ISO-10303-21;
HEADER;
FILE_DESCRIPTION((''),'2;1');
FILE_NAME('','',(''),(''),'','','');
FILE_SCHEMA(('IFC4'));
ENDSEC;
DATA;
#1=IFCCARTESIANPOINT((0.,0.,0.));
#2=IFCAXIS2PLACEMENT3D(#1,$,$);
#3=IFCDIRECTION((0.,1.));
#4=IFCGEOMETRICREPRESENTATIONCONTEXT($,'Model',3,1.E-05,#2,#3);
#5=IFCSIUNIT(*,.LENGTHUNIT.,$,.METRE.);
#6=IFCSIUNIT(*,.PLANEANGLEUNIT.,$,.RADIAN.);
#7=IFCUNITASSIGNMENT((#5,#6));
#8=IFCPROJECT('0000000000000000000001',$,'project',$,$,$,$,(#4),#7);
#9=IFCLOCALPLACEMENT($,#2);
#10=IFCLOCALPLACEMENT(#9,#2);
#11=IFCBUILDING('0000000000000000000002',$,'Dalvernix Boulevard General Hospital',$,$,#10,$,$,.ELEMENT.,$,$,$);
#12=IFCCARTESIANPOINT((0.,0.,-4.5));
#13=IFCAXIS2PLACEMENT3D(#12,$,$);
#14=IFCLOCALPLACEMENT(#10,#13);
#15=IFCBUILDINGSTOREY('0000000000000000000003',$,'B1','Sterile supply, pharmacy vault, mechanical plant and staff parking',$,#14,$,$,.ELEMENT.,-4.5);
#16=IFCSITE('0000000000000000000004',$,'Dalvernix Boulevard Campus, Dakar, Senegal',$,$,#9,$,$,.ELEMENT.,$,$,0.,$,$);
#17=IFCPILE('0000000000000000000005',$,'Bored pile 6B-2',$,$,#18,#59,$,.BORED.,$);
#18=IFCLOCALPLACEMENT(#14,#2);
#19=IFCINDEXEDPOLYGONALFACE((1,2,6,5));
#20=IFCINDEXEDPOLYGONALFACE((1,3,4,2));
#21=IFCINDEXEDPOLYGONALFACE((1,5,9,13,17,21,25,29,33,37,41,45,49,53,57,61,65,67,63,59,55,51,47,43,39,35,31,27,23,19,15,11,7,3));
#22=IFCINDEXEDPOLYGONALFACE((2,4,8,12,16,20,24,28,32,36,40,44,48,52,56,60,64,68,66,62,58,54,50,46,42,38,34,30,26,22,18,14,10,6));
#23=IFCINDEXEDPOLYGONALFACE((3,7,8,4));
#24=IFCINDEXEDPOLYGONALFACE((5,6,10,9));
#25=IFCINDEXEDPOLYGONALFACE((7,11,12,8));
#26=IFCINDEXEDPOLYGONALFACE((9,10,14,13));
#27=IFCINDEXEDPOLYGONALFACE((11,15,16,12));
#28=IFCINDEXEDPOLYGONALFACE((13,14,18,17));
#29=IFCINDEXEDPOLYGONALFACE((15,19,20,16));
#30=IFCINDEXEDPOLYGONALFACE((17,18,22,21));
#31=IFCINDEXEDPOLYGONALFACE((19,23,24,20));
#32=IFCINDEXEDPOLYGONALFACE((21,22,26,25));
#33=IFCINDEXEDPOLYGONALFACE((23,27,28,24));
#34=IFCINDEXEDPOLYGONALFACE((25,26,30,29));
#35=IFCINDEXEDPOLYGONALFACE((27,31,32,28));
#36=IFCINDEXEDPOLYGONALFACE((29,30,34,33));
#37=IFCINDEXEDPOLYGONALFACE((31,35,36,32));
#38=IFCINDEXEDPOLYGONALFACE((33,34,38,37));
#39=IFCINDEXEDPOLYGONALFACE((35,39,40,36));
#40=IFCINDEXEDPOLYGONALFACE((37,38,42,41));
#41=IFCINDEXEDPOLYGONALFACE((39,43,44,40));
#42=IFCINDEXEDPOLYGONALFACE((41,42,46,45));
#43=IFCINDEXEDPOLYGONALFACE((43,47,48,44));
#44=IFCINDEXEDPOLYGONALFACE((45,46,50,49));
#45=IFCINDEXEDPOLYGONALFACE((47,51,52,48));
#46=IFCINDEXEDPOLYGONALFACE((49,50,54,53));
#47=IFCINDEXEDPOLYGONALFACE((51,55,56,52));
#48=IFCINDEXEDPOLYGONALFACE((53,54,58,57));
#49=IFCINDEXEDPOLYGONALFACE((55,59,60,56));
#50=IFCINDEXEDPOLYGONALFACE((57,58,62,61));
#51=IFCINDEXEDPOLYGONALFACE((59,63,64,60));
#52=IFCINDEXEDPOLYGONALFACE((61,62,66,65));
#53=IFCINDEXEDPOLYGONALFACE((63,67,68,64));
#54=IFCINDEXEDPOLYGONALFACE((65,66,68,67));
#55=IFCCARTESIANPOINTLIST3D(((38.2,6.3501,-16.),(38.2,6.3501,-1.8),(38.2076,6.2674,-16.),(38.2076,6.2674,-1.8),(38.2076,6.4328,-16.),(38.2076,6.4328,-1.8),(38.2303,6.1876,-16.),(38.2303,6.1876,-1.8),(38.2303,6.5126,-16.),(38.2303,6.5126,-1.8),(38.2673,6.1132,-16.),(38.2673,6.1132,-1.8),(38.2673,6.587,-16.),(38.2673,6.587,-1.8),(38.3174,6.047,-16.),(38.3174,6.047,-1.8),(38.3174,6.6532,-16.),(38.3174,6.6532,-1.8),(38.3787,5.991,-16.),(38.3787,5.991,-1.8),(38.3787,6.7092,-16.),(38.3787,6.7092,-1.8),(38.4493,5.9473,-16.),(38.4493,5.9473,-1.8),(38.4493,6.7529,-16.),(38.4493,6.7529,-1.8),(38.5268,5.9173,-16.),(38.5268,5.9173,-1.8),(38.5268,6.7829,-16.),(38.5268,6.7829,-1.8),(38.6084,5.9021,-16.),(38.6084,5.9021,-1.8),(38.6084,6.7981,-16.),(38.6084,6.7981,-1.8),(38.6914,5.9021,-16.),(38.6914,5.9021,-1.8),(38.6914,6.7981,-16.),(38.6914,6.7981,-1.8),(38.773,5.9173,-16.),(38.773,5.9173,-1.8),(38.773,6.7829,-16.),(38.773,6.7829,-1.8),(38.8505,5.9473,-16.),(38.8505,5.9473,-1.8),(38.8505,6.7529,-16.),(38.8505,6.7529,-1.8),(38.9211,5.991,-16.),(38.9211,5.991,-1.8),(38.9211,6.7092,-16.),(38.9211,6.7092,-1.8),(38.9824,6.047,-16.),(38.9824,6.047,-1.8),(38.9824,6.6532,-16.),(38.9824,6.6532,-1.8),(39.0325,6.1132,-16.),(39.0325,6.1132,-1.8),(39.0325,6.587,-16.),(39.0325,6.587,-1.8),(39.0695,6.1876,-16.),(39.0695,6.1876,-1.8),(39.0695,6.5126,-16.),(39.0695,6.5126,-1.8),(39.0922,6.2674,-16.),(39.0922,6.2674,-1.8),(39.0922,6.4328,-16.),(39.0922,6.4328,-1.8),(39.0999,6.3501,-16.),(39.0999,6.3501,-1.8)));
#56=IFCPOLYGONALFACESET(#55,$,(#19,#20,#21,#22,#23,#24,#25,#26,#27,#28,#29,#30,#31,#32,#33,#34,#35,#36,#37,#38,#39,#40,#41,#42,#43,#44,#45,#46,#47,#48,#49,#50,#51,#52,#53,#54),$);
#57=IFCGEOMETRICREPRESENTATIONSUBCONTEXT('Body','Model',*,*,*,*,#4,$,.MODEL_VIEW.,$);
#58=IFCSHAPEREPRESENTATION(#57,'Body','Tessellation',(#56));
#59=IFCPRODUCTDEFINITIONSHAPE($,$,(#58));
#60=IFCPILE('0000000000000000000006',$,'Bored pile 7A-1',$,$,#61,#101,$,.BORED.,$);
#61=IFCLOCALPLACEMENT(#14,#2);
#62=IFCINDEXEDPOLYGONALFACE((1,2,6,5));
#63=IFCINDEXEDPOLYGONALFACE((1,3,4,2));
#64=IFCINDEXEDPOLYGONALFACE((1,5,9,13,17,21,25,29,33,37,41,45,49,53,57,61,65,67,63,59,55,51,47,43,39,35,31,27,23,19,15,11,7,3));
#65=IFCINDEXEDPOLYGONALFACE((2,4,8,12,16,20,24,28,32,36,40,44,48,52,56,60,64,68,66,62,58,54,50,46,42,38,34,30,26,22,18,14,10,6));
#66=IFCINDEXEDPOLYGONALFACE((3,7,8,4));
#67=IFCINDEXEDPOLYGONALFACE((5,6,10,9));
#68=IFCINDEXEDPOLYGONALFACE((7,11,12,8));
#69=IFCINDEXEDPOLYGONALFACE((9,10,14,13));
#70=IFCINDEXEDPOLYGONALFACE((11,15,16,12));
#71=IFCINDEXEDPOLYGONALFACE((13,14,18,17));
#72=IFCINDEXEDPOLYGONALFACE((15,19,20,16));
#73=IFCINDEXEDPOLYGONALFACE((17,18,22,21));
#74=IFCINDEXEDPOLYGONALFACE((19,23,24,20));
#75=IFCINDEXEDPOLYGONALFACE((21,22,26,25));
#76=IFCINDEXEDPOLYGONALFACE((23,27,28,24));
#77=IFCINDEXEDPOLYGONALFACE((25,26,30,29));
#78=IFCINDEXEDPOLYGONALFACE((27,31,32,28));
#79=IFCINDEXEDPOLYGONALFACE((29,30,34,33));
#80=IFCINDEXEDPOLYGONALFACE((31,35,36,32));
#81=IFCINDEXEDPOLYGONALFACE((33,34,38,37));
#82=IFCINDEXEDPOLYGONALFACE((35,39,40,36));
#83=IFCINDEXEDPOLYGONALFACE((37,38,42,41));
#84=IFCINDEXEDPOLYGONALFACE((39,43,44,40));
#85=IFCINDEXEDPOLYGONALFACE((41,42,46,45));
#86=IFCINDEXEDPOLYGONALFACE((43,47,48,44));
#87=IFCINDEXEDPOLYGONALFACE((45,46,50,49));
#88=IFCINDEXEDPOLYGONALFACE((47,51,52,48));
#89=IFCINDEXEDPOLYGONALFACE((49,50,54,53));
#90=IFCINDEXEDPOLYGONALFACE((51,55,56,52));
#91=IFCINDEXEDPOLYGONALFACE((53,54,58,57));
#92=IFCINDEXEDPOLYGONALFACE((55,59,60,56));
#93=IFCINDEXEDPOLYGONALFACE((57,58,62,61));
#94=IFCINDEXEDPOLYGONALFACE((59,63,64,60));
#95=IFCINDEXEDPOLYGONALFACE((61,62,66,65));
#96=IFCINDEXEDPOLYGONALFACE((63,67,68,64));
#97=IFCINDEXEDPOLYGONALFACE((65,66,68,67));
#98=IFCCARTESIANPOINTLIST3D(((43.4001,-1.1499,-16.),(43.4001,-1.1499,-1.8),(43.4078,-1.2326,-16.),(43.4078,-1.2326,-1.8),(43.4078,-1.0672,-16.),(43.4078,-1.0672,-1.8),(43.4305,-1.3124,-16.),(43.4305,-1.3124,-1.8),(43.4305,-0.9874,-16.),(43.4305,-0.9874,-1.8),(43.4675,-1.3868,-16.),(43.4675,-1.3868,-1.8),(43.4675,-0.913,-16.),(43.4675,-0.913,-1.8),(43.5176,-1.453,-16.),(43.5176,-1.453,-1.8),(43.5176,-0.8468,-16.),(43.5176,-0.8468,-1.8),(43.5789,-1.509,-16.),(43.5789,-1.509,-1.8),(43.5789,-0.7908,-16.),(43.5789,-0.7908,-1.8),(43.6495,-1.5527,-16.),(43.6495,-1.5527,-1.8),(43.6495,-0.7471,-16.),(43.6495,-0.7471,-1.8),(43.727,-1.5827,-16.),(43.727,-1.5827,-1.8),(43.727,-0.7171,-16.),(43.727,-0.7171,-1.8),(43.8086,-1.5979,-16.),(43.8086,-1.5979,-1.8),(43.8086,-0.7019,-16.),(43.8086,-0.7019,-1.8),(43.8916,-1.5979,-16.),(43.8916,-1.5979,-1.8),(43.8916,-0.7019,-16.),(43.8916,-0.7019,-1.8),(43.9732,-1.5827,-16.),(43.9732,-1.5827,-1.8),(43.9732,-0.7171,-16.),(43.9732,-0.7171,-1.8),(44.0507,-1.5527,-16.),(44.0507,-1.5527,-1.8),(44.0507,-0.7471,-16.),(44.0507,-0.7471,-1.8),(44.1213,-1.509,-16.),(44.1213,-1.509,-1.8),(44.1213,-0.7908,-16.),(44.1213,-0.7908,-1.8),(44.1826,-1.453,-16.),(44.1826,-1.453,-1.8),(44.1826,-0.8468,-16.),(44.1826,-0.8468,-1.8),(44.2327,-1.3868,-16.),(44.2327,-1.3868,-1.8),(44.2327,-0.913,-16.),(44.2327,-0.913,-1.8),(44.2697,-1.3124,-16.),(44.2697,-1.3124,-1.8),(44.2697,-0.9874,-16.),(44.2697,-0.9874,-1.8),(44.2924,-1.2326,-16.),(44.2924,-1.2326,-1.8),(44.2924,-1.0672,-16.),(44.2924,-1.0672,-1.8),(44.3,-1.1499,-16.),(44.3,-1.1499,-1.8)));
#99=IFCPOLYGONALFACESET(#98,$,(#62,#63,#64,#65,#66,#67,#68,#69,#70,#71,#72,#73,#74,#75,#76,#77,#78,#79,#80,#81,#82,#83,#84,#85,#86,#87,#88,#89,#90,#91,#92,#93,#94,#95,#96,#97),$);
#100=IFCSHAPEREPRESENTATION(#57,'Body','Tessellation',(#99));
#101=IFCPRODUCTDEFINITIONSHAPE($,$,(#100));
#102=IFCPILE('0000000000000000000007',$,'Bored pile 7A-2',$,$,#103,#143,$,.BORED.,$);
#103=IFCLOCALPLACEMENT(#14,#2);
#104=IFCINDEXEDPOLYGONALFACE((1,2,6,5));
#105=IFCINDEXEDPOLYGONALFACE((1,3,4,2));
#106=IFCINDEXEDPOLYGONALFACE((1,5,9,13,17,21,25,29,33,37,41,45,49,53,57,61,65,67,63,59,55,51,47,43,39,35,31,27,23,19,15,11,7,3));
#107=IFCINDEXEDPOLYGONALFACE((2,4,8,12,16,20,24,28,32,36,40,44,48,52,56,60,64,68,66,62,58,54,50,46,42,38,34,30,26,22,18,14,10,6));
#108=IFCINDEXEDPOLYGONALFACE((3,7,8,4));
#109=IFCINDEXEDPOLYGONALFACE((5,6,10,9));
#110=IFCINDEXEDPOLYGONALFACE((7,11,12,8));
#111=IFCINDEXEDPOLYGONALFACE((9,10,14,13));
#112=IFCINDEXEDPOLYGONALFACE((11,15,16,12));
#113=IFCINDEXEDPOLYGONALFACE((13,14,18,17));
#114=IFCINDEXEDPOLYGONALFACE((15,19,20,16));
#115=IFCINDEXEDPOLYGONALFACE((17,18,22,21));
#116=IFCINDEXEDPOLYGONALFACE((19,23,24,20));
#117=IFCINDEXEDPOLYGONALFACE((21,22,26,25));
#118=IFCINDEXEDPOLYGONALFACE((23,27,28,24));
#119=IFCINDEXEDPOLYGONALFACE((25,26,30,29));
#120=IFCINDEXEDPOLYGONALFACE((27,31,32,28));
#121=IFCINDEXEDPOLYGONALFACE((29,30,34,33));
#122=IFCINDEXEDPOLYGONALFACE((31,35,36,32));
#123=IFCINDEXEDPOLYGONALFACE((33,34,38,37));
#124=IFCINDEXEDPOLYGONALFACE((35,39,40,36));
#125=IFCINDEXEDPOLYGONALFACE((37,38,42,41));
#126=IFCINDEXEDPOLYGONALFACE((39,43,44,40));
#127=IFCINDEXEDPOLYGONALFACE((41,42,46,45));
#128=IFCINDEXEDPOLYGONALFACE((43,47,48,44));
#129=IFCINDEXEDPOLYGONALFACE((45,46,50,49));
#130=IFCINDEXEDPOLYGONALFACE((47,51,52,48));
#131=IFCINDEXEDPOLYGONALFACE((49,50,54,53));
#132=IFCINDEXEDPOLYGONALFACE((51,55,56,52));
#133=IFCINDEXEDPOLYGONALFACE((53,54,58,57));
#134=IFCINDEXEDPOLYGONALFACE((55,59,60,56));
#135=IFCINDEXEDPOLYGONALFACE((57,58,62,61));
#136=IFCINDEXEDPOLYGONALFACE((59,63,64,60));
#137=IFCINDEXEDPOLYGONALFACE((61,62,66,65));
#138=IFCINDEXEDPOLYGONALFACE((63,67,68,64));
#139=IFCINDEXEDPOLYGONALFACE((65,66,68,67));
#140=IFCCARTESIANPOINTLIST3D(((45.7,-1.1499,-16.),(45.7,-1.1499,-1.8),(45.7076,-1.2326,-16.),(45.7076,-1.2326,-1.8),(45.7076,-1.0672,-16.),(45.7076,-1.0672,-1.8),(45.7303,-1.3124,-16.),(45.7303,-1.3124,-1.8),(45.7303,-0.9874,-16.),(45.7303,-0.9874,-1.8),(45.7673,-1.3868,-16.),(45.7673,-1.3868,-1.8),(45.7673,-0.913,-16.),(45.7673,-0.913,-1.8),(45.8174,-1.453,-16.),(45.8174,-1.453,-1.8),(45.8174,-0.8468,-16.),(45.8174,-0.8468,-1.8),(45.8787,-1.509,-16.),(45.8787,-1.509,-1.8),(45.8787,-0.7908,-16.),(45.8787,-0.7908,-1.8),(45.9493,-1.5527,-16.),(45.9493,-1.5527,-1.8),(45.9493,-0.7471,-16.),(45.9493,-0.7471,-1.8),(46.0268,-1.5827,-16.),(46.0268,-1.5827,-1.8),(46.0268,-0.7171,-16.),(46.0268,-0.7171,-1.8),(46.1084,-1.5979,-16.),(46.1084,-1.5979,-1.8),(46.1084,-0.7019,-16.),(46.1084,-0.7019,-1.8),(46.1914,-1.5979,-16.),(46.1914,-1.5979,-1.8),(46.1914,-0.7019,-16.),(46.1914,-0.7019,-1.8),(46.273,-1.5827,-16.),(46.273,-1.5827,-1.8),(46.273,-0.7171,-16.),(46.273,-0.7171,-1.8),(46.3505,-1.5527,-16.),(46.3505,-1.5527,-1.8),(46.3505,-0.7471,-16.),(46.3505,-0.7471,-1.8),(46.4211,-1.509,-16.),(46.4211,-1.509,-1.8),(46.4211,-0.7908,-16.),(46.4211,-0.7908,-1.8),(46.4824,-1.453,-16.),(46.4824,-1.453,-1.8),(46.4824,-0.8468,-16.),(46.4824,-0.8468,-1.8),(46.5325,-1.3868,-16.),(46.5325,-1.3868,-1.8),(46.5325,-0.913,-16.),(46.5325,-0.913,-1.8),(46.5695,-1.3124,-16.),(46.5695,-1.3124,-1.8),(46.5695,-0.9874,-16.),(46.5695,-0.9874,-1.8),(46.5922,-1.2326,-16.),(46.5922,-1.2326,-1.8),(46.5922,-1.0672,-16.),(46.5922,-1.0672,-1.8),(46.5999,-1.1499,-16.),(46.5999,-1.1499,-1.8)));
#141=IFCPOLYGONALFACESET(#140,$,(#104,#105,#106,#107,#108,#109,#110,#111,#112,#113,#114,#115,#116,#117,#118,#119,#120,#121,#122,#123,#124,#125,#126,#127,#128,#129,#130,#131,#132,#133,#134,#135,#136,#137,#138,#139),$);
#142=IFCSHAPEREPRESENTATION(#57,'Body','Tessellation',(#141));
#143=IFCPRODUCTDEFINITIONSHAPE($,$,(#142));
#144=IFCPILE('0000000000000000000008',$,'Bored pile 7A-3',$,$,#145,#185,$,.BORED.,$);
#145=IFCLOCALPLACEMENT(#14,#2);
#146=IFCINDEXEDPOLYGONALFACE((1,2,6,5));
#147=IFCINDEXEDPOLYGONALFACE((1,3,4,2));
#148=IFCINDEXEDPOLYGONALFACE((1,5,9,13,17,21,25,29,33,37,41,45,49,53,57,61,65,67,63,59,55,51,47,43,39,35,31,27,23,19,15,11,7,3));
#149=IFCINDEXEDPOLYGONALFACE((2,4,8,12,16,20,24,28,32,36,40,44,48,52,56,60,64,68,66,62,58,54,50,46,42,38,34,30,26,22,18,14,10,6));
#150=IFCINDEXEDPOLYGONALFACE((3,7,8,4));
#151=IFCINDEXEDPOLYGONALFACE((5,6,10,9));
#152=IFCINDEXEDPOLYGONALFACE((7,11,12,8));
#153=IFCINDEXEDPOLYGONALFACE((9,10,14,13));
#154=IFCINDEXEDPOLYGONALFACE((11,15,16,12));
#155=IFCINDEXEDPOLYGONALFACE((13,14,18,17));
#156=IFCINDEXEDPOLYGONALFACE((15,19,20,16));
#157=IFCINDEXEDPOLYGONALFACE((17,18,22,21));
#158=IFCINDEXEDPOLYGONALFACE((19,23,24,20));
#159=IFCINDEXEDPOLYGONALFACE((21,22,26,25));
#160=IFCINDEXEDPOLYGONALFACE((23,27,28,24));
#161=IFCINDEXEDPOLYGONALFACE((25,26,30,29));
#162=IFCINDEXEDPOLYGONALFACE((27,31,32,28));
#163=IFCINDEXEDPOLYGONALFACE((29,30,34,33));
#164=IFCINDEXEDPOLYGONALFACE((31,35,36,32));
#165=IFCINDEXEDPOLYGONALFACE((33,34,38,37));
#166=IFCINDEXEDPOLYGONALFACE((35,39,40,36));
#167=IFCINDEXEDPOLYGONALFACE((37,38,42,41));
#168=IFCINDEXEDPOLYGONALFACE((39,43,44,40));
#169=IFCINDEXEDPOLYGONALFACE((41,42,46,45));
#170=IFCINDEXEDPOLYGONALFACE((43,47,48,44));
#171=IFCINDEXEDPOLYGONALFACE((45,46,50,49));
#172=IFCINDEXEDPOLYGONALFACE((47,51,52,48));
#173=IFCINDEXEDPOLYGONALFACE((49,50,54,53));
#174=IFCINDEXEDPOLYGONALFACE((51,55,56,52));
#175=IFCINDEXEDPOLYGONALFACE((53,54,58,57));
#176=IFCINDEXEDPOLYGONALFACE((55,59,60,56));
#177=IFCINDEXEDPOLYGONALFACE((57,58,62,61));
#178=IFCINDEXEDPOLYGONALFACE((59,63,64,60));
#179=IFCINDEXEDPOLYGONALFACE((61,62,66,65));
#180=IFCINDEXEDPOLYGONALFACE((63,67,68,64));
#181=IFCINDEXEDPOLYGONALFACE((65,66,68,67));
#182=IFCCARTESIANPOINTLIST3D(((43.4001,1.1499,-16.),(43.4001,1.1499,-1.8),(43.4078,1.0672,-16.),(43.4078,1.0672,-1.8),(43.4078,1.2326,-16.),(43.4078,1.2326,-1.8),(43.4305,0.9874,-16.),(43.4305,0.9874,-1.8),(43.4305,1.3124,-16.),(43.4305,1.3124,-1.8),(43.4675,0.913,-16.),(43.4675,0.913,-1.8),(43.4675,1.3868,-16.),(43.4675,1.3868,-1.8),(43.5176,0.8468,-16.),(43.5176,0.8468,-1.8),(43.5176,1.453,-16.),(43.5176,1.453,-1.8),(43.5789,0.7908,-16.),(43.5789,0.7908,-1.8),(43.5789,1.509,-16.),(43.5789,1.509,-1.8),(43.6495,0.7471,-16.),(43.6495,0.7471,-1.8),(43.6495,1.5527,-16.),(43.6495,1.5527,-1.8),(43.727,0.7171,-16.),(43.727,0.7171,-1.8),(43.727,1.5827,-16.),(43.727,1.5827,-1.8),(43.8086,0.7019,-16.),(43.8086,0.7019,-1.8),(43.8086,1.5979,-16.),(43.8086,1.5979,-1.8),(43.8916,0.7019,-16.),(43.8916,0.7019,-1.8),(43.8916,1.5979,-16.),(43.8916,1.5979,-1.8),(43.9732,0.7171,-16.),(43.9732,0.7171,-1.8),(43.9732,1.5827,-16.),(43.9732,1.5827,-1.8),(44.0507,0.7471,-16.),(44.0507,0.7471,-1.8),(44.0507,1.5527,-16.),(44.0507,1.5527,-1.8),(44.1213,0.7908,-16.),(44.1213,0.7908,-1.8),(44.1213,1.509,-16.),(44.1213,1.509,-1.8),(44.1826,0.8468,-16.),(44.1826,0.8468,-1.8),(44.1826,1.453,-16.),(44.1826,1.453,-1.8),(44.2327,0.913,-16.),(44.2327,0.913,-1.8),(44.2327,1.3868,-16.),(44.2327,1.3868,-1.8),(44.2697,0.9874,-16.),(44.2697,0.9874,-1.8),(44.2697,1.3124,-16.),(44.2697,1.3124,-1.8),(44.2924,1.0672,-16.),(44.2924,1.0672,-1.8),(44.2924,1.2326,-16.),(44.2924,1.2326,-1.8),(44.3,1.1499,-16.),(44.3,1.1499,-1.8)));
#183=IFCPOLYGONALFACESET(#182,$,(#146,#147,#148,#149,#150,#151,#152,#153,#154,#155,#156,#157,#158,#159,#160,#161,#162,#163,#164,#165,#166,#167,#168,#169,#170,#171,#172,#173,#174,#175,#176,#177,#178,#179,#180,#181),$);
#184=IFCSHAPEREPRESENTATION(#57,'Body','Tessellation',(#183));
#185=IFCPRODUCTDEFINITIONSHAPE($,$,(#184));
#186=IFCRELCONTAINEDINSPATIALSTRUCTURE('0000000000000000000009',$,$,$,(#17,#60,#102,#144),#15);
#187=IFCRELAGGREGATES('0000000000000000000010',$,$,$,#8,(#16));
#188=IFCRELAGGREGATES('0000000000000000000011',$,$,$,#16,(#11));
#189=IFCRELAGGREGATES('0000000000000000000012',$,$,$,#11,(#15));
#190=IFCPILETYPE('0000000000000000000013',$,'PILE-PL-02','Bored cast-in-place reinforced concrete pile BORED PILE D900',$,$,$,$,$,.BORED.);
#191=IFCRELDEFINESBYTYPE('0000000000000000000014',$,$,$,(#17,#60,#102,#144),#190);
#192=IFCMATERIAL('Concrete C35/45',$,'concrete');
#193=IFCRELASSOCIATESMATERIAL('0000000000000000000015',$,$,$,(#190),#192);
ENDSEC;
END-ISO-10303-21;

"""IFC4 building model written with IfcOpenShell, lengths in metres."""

from ifc_helpers import new_model, si_unit, direction, frame, origin, origin_2d, place, context, subcontext, project, spatial, circle, extrude, material, material_profile, profile_set, type_object, element, save


model = new_model("IFC4")

# Units and contexts
model_context = context("Model", 3, precision=1e-05, world=origin(), true_north=direction((0.0, 1.0)))
body_context = subcontext(model_context, "Body", "Model", "MODEL_VIEW")
ifc_project = project(units=[si_unit("LENGTHUNIT", "METRE"), si_unit("PLANEANGLEUNIT", "RADIAN")], contexts=[model_context])

# Site, building, storey
site_placement = place(None, origin())
site = spatial("IfcSite", under=ifc_project, at=site_placement, Name="Dalvernix Boulevard Campus, Dakar, Senegal", CompositionType="ELEMENT", RefElevation=0.0)
building_placement = place(site_placement, origin())
building = spatial("IfcBuilding", under=site, at=building_placement, Name="Dalvernix Boulevard General Hospital", CompositionType="ELEMENT")
storey_placement = place(building_placement, frame((0.0, 0.0, -4.5)))
storey = spatial("IfcBuildingStorey", under=building, at=storey_placement, Name="B1", Description="Sterile supply, pharmacy vault, mechanical plant and staff parking", CompositionType="ELEMENT", Elevation=-4.5)

# Shared definitions
ifc_material_1 = material(Name="Concrete C35/45", Category="concrete")

# Piles
ifc_material_profile_1 = material_profile(ifc_material_1, circle(Radius=0.45, at=origin_2d()), Name="BORED PILE D900")
ifc_profile_set_1 = profile_set([ifc_material_profile_1], Name="Concrete C35/45")
pile_type_1 = type_object("IfcPileType", Name="PILE-PL-02", Description="Bored cast-in-place reinforced concrete pile BORED PILE D900", PredefinedType="BORED", material=ifc_profile_set_1)
for number, where, z_axis, x_axis, name in (
    (1, (38.6499, 6.3501, -1.8), (0.0, 0.0, -1.0), (1.0, 0.0, 0.0), "Bored pile 6B-2"),
    (2, (43.8501, -1.1499, -1.8), (0.0, 0.0, -1.0), (1.0, 0.0, 0.0), "Bored pile 7A-1"),
    (3, (46.1499, -1.1499, -1.8), (0.0, 0.0, -1.0), (1.0, 0.0, 0.0), "Bored pile 7A-2"),
    (4, (43.8501, 1.1499, -1.8), (0.0, 0.0, -1.0), (1.0, 0.0, 0.0), "Bored pile 7A-3"),
):
    element("IfcPile", number, at=place(storey_placement, frame(where, z_axis=z_axis, x_axis=x_axis)), inside=storey, type_object=pile_type_1, Name=name, PredefinedType="BORED", context=body_context, shape_type="SweptSolid", body=[
        extrude(circle(Radius=0.45, at=origin_2d()), origin(), (0.0, 0.0, 1.0), 14.2),
    ])

save(model, "model.ifc")
